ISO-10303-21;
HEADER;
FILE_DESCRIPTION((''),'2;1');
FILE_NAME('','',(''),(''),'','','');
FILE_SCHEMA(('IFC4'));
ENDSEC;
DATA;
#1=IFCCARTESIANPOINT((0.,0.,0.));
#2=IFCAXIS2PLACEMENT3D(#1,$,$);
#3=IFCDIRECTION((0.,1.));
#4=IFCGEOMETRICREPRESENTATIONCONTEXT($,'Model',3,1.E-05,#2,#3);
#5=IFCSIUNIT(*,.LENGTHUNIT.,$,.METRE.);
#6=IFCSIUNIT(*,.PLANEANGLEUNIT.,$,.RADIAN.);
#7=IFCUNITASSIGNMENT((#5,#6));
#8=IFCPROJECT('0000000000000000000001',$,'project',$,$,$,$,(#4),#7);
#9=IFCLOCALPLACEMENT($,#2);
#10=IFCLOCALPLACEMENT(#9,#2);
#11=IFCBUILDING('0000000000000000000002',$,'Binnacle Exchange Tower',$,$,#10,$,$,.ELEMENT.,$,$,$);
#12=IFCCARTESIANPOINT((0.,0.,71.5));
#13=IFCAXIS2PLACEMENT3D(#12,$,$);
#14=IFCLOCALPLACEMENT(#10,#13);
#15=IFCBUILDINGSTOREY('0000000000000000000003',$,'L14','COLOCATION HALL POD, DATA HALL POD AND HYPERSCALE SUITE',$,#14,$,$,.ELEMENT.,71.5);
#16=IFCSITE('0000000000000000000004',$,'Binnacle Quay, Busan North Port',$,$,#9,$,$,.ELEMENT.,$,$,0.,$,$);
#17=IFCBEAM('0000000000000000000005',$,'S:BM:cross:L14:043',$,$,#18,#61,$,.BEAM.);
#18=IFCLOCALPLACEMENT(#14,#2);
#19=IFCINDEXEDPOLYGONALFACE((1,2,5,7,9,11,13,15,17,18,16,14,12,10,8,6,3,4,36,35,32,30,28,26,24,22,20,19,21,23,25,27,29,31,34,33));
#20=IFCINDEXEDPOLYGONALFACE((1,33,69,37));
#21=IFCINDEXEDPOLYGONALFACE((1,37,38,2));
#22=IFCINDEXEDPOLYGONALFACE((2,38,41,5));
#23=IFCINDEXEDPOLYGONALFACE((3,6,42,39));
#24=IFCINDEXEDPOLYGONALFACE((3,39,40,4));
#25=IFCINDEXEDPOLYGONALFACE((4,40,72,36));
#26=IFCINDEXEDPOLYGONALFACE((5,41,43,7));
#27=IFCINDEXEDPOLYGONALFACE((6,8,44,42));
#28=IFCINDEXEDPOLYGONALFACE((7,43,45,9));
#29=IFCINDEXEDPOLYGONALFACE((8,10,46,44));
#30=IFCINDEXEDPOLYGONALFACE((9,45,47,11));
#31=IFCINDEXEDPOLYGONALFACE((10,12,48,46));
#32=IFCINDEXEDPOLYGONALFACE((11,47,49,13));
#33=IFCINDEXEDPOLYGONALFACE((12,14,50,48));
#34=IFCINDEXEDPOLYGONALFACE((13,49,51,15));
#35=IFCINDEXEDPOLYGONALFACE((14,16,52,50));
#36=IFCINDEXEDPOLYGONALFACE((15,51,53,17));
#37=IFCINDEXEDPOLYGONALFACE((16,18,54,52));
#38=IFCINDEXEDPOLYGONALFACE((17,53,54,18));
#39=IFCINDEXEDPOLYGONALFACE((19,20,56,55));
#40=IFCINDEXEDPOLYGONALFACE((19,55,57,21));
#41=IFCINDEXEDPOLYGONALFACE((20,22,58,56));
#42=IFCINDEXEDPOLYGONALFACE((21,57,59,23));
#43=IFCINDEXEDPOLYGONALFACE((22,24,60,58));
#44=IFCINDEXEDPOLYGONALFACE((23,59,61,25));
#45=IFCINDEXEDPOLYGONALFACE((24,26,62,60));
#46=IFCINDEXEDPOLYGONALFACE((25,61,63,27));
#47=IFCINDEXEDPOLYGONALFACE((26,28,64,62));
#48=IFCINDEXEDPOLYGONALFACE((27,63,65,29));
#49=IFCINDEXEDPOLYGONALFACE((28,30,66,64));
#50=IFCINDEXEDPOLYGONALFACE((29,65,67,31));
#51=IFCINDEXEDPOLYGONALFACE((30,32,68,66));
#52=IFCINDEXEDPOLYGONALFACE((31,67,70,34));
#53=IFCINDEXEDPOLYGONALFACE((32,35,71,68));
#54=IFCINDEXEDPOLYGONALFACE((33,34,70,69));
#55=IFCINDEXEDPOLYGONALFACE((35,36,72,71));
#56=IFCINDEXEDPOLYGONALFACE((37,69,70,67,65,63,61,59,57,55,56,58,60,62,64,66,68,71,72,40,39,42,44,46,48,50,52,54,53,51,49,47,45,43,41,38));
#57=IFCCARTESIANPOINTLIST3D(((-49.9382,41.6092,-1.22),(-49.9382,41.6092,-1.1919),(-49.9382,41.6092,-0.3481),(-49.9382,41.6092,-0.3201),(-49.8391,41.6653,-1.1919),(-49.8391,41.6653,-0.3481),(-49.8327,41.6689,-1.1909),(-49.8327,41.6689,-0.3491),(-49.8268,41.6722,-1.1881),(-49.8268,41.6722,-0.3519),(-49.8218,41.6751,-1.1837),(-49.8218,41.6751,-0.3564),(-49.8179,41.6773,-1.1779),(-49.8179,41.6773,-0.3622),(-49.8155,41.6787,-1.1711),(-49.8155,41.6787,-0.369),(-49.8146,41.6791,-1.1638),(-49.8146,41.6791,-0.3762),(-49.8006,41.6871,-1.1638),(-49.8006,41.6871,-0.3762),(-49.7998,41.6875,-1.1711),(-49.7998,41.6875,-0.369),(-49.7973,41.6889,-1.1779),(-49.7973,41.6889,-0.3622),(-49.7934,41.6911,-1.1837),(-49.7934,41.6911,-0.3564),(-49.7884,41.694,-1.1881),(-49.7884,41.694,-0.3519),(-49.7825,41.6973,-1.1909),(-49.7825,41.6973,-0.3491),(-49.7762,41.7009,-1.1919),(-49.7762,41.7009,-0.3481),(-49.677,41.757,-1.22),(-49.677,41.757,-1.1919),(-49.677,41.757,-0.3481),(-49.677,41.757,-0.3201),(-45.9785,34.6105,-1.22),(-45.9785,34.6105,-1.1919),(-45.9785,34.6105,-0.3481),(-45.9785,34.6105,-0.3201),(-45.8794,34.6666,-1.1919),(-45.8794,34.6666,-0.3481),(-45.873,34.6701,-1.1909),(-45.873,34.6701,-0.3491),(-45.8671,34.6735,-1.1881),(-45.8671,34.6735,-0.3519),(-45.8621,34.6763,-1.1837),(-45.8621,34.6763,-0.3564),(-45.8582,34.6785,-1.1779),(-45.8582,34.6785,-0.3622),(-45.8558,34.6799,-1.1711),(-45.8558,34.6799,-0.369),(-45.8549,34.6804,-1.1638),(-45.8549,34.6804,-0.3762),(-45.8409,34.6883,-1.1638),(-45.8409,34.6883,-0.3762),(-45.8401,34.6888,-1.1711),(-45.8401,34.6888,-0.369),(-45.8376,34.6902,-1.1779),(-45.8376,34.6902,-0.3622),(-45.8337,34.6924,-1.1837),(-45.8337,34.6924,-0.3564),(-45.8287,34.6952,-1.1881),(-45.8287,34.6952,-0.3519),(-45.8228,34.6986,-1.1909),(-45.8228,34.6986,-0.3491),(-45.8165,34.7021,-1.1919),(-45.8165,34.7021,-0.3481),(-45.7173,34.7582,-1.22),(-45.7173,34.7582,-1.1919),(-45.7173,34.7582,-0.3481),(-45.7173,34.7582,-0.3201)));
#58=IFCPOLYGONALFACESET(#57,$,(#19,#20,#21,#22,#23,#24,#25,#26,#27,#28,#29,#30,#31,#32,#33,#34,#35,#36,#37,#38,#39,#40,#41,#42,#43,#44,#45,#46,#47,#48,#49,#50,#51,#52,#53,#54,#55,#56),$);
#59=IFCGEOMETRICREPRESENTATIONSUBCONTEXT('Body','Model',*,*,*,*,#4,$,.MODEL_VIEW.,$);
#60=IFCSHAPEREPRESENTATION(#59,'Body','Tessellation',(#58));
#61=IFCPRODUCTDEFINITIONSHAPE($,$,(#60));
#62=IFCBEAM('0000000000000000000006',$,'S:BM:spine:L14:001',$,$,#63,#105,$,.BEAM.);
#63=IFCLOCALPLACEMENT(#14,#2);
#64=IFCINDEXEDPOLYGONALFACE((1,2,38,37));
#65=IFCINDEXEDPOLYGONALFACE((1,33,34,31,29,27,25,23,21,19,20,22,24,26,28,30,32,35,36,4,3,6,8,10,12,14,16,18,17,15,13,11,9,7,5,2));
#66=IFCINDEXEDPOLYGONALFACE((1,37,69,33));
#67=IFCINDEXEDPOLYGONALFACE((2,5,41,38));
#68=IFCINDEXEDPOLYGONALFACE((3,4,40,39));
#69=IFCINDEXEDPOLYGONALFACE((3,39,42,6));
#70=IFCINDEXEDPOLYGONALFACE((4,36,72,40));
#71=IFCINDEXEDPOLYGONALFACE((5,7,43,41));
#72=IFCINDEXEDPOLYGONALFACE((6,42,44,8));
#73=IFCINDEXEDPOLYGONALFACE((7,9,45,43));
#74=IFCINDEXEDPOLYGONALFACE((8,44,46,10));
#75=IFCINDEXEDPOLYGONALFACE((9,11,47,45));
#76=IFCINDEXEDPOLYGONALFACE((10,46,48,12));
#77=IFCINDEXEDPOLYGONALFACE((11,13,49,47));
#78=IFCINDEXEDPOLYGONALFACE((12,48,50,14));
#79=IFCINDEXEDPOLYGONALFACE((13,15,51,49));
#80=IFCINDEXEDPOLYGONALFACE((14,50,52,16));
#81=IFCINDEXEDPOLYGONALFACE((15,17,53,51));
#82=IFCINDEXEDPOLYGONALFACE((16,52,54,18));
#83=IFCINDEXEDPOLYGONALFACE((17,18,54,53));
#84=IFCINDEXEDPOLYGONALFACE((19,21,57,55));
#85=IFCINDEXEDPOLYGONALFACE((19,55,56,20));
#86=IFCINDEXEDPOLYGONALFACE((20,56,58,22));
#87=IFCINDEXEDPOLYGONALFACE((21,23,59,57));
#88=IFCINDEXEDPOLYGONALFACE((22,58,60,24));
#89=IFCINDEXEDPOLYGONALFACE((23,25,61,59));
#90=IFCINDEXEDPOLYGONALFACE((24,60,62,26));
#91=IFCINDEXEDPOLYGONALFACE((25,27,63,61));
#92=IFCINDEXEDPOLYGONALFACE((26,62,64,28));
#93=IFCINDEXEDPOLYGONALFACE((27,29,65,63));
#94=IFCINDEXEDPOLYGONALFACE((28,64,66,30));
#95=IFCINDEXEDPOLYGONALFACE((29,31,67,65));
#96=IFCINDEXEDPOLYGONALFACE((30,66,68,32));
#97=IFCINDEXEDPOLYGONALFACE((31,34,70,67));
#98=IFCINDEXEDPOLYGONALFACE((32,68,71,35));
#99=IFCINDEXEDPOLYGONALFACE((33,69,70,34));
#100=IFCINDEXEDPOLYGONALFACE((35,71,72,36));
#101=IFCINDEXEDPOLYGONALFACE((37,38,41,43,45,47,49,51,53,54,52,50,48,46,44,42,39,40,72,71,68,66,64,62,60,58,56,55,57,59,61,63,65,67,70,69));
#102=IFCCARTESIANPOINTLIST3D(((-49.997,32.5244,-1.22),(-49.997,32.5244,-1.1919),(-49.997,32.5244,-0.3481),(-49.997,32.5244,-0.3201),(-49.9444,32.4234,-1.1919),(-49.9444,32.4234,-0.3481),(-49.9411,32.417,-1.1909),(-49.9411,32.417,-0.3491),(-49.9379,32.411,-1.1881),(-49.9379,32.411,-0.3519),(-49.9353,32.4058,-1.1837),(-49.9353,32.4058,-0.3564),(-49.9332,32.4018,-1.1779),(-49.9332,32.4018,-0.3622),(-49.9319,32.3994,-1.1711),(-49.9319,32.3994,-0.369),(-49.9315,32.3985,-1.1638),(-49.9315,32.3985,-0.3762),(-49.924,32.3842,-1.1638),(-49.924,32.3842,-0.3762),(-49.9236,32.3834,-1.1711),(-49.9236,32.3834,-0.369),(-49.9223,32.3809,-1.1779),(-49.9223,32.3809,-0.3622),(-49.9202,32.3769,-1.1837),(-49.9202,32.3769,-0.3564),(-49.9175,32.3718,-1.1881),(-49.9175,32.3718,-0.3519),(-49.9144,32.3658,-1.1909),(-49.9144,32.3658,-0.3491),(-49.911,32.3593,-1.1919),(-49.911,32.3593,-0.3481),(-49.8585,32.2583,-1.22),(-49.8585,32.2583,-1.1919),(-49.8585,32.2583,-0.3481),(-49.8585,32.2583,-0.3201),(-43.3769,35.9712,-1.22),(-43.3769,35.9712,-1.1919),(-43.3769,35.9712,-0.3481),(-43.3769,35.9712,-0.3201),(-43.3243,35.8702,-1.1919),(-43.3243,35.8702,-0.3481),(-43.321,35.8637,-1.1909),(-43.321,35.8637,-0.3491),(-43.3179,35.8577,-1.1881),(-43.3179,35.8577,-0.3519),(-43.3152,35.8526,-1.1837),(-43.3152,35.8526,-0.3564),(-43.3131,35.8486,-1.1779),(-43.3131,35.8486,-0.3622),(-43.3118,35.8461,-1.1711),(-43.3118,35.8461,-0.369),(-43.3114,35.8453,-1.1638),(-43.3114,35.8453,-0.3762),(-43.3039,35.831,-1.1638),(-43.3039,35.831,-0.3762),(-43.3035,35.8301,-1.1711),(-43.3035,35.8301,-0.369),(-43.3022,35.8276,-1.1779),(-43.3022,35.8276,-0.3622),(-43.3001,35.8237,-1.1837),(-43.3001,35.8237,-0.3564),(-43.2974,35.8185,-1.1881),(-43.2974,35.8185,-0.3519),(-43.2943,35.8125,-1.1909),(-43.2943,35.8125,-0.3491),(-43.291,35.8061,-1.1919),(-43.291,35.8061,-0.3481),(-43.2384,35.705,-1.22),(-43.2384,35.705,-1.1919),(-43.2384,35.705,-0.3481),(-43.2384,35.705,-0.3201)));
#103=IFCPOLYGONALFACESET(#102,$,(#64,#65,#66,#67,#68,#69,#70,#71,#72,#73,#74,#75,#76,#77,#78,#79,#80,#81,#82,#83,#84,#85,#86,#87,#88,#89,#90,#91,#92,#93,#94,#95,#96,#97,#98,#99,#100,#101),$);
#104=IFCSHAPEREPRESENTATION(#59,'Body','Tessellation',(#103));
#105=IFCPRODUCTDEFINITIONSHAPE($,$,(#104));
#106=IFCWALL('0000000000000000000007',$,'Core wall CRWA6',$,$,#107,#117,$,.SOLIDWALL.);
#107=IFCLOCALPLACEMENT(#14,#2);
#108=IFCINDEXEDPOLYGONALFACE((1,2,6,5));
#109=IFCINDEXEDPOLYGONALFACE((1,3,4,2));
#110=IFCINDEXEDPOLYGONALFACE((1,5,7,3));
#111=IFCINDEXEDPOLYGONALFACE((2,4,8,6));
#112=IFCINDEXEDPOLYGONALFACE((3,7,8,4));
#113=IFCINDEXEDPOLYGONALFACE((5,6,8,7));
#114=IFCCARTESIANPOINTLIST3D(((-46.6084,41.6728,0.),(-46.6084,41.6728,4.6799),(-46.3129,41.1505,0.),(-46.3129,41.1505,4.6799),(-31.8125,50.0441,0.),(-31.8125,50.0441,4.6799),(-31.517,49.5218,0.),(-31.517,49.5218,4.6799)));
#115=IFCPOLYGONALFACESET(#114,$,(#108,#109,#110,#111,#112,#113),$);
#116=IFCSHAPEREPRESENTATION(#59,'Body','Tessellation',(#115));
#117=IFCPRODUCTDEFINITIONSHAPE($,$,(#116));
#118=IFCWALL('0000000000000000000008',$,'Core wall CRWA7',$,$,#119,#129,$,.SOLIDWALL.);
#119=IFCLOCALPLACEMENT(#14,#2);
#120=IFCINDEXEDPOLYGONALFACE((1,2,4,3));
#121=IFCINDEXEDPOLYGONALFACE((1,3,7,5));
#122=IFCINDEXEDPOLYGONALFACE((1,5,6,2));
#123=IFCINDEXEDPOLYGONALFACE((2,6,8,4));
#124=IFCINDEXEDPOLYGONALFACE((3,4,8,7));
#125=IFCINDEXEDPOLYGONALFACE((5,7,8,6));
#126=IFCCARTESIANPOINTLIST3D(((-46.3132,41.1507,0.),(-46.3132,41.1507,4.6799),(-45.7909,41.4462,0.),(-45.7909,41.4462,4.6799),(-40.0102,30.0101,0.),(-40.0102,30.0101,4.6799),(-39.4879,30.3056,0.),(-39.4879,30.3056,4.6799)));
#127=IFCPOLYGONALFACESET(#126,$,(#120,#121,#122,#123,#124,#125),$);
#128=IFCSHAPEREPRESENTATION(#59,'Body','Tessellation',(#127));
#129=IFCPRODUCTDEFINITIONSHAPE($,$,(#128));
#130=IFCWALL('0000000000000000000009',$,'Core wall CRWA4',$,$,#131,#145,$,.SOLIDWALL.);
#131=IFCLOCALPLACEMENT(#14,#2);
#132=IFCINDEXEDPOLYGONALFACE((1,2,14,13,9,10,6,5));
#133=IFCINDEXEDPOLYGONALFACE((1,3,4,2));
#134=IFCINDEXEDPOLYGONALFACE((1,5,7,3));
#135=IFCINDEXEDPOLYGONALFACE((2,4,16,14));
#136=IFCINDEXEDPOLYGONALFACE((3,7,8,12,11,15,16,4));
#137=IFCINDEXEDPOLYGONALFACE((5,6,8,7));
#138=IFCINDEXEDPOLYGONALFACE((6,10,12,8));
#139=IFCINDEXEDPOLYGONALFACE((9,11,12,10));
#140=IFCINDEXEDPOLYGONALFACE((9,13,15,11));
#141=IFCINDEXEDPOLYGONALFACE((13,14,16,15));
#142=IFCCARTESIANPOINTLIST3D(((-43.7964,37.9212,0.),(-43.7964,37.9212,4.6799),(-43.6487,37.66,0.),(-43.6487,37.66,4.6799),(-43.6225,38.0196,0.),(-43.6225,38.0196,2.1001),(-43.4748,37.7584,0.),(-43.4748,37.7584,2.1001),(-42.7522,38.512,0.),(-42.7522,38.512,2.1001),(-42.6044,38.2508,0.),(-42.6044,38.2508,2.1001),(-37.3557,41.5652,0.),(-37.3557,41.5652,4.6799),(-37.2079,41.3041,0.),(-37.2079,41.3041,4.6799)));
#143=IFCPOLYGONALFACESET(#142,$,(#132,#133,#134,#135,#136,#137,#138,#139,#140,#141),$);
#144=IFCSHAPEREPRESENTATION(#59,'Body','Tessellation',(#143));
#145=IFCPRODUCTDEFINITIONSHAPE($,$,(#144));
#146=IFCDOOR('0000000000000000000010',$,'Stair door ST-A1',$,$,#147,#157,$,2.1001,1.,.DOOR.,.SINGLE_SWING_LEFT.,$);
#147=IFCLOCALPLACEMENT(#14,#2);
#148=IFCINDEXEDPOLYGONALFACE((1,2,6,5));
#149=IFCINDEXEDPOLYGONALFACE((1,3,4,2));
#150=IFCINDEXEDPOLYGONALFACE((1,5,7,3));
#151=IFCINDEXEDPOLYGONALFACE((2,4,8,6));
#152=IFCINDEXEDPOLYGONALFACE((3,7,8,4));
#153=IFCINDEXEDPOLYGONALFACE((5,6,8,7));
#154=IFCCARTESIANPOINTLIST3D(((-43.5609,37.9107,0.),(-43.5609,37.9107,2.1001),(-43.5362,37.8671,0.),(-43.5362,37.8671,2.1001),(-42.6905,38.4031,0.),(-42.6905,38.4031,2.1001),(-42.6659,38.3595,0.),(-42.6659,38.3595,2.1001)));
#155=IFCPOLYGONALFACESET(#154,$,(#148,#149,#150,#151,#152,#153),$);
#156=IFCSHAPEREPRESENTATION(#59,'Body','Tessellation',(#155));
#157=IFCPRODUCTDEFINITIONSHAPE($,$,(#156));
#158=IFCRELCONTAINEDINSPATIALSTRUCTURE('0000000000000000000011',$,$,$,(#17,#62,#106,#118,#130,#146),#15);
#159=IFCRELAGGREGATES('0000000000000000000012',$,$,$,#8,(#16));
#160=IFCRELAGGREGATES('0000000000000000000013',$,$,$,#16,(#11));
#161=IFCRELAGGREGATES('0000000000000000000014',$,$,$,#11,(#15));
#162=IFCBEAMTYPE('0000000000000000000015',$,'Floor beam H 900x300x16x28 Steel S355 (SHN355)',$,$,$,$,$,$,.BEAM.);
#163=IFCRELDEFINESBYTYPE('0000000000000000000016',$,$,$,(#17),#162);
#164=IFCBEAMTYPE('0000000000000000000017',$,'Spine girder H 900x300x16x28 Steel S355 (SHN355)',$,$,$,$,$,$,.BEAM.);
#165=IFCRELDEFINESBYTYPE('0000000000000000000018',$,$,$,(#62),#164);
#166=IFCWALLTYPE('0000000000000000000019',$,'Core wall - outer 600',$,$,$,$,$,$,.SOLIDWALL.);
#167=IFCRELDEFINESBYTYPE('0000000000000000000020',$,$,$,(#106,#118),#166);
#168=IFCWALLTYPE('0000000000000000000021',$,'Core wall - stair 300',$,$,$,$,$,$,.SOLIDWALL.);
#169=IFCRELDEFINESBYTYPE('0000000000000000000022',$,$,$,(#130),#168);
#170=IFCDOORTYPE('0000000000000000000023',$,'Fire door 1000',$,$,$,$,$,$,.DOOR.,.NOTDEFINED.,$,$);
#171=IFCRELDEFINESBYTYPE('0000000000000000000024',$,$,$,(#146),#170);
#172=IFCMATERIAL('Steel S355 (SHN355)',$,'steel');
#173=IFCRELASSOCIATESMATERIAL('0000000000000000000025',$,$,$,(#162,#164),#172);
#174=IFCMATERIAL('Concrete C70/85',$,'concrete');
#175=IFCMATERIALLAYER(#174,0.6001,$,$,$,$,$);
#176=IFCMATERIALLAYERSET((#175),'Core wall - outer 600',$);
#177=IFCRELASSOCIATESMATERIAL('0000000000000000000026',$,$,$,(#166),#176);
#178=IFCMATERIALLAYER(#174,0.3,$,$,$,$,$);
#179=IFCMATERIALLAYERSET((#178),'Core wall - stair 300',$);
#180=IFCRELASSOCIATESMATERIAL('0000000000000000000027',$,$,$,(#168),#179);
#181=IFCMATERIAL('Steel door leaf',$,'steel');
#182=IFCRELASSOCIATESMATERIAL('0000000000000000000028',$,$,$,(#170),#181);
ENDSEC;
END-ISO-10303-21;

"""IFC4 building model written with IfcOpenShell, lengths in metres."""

from ifc_helpers import new_model, si_unit, direction, frame, frame_2d, origin, origin_2d, place, context, subcontext, project, spatial, rectangle, i_section, extrude, material, layer, layer_set, material_profile, profile_set, type_object, element, fill, save


model = new_model("IFC4")

# Units and contexts
model_context = context("Model", 3, precision=1e-05, world=origin(), true_north=direction((0.0, 1.0)))
body_context = subcontext(model_context, "Body", "Model", "MODEL_VIEW")
ifc_project = project(units=[si_unit("LENGTHUNIT", "METRE"), si_unit("PLANEANGLEUNIT", "RADIAN")], contexts=[model_context])

# Site, building, storey
site_placement = place(None, origin())
site = spatial("IfcSite", under=ifc_project, at=site_placement, Name="Binnacle Quay, Busan North Port", CompositionType="ELEMENT", RefElevation=0.0)
building_placement = place(site_placement, origin())
building = spatial("IfcBuilding", under=site, at=building_placement, Name="Binnacle Exchange Tower", CompositionType="ELEMENT")
storey_placement = place(building_placement, frame((0.0, 0.0, 71.5)))
storey = spatial("IfcBuildingStorey", under=building, at=storey_placement, Name="L14", Description="COLOCATION HALL POD, DATA HALL POD AND HYPERSCALE SUITE", CompositionType="ELEMENT", Elevation=71.5)

# Shared definitions
ifc_material_1 = material(Name="Concrete C70/85", Category="concrete")

# Beams
ifc_material_2 = material(Name="Steel S355 (SHN355)", Category="steel")
ifc_material_profile_1 = material_profile(ifc_material_2, i_section(OverallWidth=0.3, OverallDepth=0.8999, WebThickness=0.0161, FlangeThickness=0.0281, FilletRadius=0.0281, at=origin_2d()), Name="H 900x300x16x28")
ifc_profile_set_1 = profile_set([ifc_material_profile_1], Name="Steel S355 (SHN355)")
beam_type_1 = type_object("IfcBeamType", Name="Floor beam H 900x300x16x28 Steel S355 (SHN355)", PredefinedType="BEAM", material=ifc_profile_set_1)
beam_1_placement = place(storey_placement, frame((-49.8076, 41.6831, -0.77), z_axis=(0.492423, -0.870356, 0.0), x_axis=(0.870356, 0.492423, 0.0)))
element("IfcBeam", 1, at=beam_1_placement, inside=storey, type_object=beam_type_1, Name="S:BM:cross:L14:043", PredefinedType="BEAM", context=body_context, shape_type="SweptSolid", body=[
    extrude(i_section(OverallWidth=0.3, OverallDepth=0.8999, WebThickness=0.0161, FlangeThickness=0.0281, FilletRadius=0.0281, at=origin_2d()), origin(), (0.0, 0.0, 1.0), 8.0413),
])
ifc_material_profile_2 = material_profile(ifc_material_2, i_section(OverallWidth=0.3, OverallDepth=0.8999, WebThickness=0.0161, FlangeThickness=0.0281, FilletRadius=0.0281, at=origin_2d()), Name="H 900x300x16x28")
ifc_profile_set_2 = profile_set([ifc_material_profile_2], Name="Steel S355 (SHN355)")
beam_type_2 = type_object("IfcBeamType", Name="Spine girder H 900x300x16x28 Steel S355 (SHN355)", PredefinedType="BEAM", material=ifc_profile_set_2)
beam_2_placement = place(storey_placement, frame((-49.9277, 32.3914, -0.77), z_axis=(0.88698, 0.461808, 0.0), x_axis=(-0.461808, 0.88698, 0.0)))
element("IfcBeam", 2, at=beam_2_placement, inside=storey, type_object=beam_type_2, Name="S:BM:spine:L14:001", PredefinedType="BEAM", context=body_context, shape_type="SweptSolid", body=[
    extrude(i_section(OverallWidth=0.3, OverallDepth=0.8999, WebThickness=0.0161, FlangeThickness=0.0281, FilletRadius=0.0281, at=origin_2d()), origin(), (0.0, 0.0, 1.0), 7.4636),
])

# Walls
ifc_layer_1 = layer(ifc_material_1, 0.6001)
ifc_layer_set_1 = layer_set([ifc_layer_1], Name="Core wall - outer 600")
wall_type_1 = type_object("IfcWallType", Name="Core wall - outer 600", PredefinedType="SOLIDWALL", material=ifc_layer_set_1)
wall_1_placement = place(storey_placement, frame((-46.4607, 41.4116, 0.0), z_axis=(0.0, 0.0, 1.0), x_axis=(0.87035, 0.492433, 0.0)))
element("IfcWall", 3, at=wall_1_placement, inside=storey, type_object=wall_type_1, Name="Core wall CRWA6", PredefinedType="SOLIDWALL", context=body_context, shape_type="SweptSolid", body=[
    extrude(rectangle(XDim=17.0, YDim=0.6001, at=frame_2d((8.5, 0.0))), origin(), (0.0, 0.0, 1.0), 4.6799),
])
wall_2_placement = place(storey_placement, frame((-46.052, 41.2983, 0.0), z_axis=(0.0, 0.0, 1.0), x_axis=(0.492419, -0.870359, 0.0)))
element("IfcWall", 4, at=wall_2_placement, inside=storey, type_object=wall_type_1, Name="Core wall CRWA7", PredefinedType="SOLIDWALL", context=body_context, shape_type="SweptSolid", body=[
    extrude(rectangle(XDim=12.8, YDim=0.6001, at=frame_2d((6.3999, 0.0))), origin(), (0.0, 0.0, 1.0), 4.6799),
])

# Wall, opening, door
ifc_layer_2 = layer(ifc_material_1, 0.3)
ifc_layer_set_2 = layer_set([ifc_layer_2], Name="Core wall - stair 300")
wall_type_2 = type_object("IfcWallType", Name="Core wall - stair 300", PredefinedType="SOLIDWALL", material=ifc_layer_set_2)
wall_3_placement = place(storey_placement, frame((-43.7227, 37.7905, 0.0), z_axis=(0.0, 0.0, 1.0), x_axis=(0.870351, 0.492432, 0.0)))
wall_3 = element("IfcWall", 5, at=wall_3_placement, inside=storey, type_object=wall_type_2, Name="Core wall CRWA4", PredefinedType="SOLIDWALL", context=body_context, shape_type="SweptSolid", body=[
    extrude(rectangle(XDim=7.4001, YDim=0.3, at=frame_2d((3.7002, 0.0))), origin(), (0.0, 0.0, 1.0), 4.6799),
])
opening_1_placement = place(wall_3_placement, frame((0.2, 0.0, 0.0)))
opening_1 = element("IfcOpeningElement", 6, at=opening_1_placement, cuts=wall_3, PredefinedType="OPENING", context=body_context, shape_type="SweptSolid", body=[
    extrude(rectangle(XDim=1.0, YDim=2.1001, at=frame_2d((0.5, 1.05))), frame((0.0, 0.1599, 0.0), z_axis=(0.0, -1.0, 0.0), x_axis=(1.0, 0.0, 0.0)), (0.0, 0.0, 1.0), 0.3201),
])
ifc_material_3 = material(Name="Steel door leaf", Category="steel")
door_type = type_object("IfcDoorType", Name="Fire door 1000", OperationType="NOTDEFINED", PredefinedType="DOOR", material=ifc_material_3)
door_placement = place(opening_1_placement, origin())
door = element("IfcDoor", 7, at=door_placement, inside=storey, type_object=door_type, Name="Stair door ST-A1", OperationType="SINGLE_SWING_LEFT", OverallHeight=2.1001, OverallWidth=1.0, PredefinedType="DOOR", context=body_context, shape_type="SweptSolid", body=[
    extrude(rectangle(XDim=1.0, YDim=2.1001, at=frame_2d((0.5, 1.05))), frame((0.0, 0.0249, 0.0), z_axis=(0.0, -1.0, 0.0), x_axis=(1.0, 0.0, 0.0)), (0.0, 0.0, 1.0), 0.05),
])
fill(opening_1, door)

save(model, "model.ifc")
